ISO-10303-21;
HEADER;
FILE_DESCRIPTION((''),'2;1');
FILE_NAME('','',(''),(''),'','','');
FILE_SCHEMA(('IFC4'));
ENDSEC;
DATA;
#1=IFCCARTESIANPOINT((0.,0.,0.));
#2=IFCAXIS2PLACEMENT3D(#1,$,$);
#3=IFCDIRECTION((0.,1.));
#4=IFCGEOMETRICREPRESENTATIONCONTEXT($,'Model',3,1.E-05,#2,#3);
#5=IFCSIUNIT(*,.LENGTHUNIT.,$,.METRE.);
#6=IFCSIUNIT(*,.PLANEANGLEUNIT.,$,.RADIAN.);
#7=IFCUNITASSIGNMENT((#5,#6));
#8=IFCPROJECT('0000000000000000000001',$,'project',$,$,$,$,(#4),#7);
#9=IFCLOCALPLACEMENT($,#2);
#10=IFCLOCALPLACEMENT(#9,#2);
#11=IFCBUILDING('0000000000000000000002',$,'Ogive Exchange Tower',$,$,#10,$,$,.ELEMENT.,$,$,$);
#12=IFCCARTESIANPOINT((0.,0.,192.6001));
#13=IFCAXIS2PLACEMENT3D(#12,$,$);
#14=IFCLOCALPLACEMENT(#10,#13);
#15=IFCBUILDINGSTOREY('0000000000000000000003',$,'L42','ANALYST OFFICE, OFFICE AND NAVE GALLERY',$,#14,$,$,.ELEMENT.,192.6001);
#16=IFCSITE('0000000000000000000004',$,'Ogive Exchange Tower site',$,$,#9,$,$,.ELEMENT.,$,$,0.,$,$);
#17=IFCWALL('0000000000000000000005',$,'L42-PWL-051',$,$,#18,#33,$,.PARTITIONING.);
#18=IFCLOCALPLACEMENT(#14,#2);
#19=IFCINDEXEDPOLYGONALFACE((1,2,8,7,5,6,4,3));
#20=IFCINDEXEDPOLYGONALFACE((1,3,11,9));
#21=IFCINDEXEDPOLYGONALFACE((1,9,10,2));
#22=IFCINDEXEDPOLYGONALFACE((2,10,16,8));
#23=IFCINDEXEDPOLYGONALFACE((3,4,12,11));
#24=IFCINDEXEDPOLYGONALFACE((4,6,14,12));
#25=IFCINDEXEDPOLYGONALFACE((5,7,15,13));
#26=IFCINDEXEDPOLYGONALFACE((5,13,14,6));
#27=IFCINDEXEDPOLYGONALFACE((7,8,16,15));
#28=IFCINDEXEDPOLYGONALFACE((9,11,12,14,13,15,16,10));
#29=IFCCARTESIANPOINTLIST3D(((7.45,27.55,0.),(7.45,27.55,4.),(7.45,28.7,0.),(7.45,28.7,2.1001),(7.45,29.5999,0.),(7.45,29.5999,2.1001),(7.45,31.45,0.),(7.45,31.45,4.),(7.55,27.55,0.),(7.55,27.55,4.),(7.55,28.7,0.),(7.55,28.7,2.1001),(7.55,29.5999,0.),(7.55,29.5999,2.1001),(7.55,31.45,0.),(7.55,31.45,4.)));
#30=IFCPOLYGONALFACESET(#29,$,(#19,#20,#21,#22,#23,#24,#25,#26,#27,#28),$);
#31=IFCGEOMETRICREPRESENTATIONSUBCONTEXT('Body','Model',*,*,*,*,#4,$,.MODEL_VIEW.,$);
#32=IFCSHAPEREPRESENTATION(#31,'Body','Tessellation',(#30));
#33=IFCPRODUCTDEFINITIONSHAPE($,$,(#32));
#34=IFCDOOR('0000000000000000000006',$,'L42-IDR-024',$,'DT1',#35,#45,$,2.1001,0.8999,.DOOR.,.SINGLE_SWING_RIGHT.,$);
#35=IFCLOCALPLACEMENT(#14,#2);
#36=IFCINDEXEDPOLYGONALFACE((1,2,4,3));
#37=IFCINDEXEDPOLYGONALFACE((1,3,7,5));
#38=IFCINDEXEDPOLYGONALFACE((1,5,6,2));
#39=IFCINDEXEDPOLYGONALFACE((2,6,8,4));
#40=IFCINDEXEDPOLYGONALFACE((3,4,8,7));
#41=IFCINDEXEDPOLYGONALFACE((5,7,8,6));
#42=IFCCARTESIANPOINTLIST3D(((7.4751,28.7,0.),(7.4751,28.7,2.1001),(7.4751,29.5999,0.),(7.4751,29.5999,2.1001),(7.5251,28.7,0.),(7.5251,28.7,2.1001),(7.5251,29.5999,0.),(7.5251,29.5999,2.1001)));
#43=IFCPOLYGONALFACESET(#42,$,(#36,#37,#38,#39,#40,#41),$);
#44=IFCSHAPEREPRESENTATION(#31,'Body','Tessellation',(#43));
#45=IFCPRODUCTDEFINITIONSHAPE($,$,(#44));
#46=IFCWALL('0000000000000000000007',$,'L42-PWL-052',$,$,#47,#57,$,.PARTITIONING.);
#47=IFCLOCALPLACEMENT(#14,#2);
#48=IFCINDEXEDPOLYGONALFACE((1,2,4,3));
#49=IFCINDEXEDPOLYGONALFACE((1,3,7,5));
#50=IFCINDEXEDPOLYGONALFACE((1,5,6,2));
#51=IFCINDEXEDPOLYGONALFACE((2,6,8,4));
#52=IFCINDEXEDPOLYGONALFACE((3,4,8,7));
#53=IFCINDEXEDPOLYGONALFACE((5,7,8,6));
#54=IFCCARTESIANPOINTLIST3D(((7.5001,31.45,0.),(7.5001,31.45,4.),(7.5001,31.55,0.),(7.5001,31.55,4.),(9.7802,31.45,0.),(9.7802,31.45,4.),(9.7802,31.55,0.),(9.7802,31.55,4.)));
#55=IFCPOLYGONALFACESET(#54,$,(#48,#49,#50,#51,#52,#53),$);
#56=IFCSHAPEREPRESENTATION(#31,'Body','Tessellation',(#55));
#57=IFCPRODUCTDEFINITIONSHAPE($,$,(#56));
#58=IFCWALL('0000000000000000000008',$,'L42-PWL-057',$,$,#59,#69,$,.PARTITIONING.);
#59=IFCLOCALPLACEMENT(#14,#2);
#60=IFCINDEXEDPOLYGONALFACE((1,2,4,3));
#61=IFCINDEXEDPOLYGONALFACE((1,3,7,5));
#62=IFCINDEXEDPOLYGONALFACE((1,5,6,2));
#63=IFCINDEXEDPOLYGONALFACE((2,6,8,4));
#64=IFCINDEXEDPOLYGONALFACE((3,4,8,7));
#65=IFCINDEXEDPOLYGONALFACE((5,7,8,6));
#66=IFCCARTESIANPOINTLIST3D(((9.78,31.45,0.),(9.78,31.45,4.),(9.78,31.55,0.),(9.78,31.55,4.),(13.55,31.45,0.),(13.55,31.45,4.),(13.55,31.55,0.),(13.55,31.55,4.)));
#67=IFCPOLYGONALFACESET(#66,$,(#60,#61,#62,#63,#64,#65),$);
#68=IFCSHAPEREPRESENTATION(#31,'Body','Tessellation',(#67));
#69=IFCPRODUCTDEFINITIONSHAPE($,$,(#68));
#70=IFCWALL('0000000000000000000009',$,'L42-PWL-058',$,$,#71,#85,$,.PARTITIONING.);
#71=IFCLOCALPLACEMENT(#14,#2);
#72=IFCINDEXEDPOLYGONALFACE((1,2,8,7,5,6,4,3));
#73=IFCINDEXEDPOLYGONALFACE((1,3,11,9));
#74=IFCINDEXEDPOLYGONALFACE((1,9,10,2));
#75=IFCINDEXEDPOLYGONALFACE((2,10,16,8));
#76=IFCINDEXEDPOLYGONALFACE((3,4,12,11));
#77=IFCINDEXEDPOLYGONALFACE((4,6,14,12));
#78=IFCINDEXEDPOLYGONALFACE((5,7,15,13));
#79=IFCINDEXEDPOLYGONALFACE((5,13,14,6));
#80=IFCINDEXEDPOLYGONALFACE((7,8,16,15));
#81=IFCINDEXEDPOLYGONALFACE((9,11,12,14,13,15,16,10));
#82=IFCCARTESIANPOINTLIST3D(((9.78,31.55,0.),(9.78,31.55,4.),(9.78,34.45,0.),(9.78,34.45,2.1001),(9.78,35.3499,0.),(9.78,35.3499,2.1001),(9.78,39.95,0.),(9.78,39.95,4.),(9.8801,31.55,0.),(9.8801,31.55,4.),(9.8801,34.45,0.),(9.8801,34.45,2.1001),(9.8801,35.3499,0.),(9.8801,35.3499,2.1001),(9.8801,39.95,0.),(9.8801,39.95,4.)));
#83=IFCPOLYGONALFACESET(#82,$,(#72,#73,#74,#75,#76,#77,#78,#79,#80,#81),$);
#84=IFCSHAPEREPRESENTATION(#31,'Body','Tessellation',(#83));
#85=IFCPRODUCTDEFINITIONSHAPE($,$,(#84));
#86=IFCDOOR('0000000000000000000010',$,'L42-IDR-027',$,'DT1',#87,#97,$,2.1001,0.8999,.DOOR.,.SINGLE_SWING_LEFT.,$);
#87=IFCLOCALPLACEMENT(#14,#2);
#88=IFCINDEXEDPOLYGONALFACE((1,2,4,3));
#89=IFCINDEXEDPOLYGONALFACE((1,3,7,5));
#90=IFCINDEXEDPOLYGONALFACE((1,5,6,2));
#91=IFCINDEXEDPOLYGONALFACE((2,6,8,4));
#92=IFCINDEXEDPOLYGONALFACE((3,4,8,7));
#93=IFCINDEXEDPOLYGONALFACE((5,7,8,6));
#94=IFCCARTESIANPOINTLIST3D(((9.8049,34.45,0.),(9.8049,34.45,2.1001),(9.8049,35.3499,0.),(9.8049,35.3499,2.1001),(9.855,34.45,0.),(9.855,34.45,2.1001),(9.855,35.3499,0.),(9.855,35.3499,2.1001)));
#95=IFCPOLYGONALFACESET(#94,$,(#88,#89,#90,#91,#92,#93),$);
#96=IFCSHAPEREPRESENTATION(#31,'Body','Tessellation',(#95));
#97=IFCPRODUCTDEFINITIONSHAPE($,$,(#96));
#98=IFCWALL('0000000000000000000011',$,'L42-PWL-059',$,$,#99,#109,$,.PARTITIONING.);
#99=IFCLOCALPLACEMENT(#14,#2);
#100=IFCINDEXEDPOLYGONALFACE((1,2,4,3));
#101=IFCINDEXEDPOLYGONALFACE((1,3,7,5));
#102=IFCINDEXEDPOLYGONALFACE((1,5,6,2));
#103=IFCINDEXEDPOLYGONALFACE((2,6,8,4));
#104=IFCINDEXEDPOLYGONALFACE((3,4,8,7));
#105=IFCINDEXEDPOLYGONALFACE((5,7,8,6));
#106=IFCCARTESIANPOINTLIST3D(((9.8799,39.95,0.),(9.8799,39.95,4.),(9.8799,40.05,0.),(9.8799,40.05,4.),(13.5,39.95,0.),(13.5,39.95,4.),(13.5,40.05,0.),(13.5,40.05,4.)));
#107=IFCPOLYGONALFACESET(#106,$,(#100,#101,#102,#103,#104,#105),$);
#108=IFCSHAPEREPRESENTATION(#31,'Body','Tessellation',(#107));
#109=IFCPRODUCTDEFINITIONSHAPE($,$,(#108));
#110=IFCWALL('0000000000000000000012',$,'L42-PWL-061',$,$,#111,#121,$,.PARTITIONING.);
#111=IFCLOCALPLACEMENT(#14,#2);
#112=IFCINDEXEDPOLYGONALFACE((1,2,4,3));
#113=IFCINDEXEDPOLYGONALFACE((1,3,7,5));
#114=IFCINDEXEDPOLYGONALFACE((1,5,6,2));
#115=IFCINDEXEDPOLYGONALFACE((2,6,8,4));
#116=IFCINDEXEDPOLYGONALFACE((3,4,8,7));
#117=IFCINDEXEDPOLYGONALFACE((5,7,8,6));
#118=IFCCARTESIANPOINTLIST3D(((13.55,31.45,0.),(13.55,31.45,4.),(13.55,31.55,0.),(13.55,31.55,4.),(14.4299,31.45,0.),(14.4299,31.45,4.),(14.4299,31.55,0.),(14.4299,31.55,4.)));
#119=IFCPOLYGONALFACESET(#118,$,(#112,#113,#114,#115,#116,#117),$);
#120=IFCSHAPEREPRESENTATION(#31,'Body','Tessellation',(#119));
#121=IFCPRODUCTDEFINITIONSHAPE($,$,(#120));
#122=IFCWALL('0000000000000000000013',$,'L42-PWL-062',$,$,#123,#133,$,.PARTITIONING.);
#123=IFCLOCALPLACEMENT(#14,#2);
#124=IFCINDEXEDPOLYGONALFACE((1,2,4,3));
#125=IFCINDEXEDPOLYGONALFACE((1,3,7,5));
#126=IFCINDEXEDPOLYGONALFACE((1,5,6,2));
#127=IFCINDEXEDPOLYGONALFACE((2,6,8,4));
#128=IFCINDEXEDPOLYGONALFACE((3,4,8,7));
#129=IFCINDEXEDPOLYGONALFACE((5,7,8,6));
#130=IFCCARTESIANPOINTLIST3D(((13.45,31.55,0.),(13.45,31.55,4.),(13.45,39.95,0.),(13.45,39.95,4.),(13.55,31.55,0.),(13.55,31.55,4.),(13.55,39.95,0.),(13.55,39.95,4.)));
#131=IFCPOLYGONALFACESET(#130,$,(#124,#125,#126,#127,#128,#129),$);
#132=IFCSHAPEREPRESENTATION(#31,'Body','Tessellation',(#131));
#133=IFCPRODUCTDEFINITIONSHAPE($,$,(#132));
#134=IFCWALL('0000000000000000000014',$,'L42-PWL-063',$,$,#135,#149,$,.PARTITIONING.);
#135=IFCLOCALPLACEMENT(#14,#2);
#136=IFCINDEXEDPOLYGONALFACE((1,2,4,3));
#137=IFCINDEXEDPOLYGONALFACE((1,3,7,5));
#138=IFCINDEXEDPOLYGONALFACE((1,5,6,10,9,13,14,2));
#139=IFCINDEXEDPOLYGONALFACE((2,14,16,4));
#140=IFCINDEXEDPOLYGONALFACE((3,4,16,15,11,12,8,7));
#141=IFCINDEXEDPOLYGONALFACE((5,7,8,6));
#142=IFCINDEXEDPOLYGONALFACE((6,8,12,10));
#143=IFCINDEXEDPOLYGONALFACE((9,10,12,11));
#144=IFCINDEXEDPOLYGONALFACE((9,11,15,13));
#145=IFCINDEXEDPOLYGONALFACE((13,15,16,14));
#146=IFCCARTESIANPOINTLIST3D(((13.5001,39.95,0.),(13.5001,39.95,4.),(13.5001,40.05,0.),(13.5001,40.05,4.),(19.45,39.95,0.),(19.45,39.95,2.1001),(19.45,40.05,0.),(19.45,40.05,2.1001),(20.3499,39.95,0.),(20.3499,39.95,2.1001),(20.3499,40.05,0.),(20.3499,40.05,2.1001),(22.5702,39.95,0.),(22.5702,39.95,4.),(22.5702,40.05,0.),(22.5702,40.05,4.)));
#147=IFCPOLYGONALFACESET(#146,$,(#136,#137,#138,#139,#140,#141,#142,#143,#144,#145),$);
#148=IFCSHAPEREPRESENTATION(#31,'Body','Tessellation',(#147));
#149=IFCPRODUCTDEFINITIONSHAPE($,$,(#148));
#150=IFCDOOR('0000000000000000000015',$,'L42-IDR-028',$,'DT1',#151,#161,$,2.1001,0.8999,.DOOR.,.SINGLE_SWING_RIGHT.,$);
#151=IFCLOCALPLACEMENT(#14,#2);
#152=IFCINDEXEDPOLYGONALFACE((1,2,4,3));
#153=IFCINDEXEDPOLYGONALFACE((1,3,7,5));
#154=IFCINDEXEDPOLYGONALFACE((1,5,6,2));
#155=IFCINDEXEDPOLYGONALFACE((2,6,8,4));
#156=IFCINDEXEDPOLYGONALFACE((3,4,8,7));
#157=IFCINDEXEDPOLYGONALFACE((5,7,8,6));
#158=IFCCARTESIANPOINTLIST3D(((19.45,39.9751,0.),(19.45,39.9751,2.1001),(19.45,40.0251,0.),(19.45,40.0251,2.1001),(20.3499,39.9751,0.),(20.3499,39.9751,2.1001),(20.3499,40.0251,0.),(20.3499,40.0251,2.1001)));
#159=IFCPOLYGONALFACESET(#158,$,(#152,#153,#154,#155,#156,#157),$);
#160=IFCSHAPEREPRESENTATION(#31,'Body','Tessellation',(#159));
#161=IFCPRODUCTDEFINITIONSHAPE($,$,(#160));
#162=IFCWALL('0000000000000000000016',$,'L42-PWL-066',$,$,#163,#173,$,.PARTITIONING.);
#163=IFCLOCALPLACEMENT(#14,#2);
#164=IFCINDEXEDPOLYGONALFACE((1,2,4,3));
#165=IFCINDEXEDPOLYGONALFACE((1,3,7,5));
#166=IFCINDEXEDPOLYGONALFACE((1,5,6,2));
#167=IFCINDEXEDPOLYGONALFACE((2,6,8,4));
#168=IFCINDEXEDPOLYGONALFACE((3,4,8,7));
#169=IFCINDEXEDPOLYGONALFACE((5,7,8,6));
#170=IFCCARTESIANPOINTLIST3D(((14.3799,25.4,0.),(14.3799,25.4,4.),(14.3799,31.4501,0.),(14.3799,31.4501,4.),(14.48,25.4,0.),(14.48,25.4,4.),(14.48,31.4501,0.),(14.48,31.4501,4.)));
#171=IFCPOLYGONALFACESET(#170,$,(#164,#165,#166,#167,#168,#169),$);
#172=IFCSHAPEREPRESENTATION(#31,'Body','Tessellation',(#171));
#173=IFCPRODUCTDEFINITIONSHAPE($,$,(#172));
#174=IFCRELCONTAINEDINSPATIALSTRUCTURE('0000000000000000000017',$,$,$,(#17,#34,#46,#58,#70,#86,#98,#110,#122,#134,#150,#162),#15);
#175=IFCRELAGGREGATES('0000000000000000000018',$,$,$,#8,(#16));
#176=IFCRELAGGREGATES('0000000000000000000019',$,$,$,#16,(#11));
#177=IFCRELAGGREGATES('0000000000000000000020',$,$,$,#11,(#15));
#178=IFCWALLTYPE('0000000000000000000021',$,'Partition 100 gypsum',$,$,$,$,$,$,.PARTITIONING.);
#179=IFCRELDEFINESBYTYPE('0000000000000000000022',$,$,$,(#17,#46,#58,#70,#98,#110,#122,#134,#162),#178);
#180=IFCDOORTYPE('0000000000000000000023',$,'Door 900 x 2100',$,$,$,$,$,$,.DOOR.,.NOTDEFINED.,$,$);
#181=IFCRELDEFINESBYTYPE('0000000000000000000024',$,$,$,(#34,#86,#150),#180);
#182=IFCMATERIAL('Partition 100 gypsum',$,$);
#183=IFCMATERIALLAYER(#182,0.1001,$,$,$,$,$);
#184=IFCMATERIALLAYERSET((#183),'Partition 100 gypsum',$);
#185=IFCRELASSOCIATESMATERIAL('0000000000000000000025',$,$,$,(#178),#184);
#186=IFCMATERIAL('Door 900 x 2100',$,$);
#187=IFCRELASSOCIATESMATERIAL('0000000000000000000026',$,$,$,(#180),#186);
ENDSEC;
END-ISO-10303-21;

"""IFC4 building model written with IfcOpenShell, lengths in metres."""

from ifc_helpers import new_model, si_unit, direction, frame, frame_2d, origin, place, context, subcontext, project, spatial, rectangle, extrude, material, layer, layer_set, type_object, element, fill, save


model = new_model("IFC4")

# Units and contexts
model_context = context("Model", 3, precision=1e-05, world=origin(), true_north=direction((0.0, 1.0)))
body_context = subcontext(model_context, "Body", "Model", "MODEL_VIEW")
ifc_project = project(units=[si_unit("LENGTHUNIT", "METRE"), si_unit("PLANEANGLEUNIT", "RADIAN")], contexts=[model_context])

# Site, building, storey
site_placement = place(None, origin())
site = spatial("IfcSite", under=ifc_project, at=site_placement, Name="Ogive Exchange Tower site", CompositionType="ELEMENT", RefElevation=0.0)
building_placement = place(site_placement, origin())
building = spatial("IfcBuilding", under=site, at=building_placement, Name="Ogive Exchange Tower", CompositionType="ELEMENT")
storey_placement = place(building_placement, frame((0.0, 0.0, 192.6001)))
storey = spatial("IfcBuildingStorey", under=building, at=storey_placement, Name="L42", Description="ANALYST OFFICE, OFFICE AND NAVE GALLERY", CompositionType="ELEMENT", Elevation=192.6001)

# Shared definitions
ifc_material_1 = material(Name="Partition 100 gypsum")
ifc_layer_1 = layer(ifc_material_1, 0.1001)
ifc_layer_set_1 = layer_set([ifc_layer_1], Name="Partition 100 gypsum")
wall_type_1 = type_object("IfcWallType", Name="Partition 100 gypsum", PredefinedType="PARTITIONING", material=ifc_layer_set_1)

# Wall, opening, door
wall_1_placement = place(storey_placement, frame((7.5, 31.45, 0.0), z_axis=(0.0, 0.0, 1.0), x_axis=(0.0, -1.0, 0.0)))
wall_1 = element("IfcWall", 1, at=wall_1_placement, inside=storey, type_object=wall_type_1, Name="L42-PWL-051", PredefinedType="PARTITIONING", context=body_context, shape_type="SweptSolid", body=[
    extrude(rectangle(XDim=3.8999, YDim=0.1001, at=frame_2d((1.95, 0.0))), origin(), (0.0, 0.0, 1.0), 4.0),
])
opening_1_placement = place(wall_1_placement, frame((1.8501, 0.0, 0.0)))
opening_1 = element("IfcOpeningElement", 2, at=opening_1_placement, cuts=wall_1, PredefinedType="OPENING", context=body_context, shape_type="SweptSolid", body=[
    extrude(rectangle(XDim=0.8999, YDim=2.1001, at=frame_2d((0.45, 1.05))), frame((0.0, 0.0601, 0.0), z_axis=(0.0, -1.0, 0.0), x_axis=(1.0, 0.0, 0.0)), (0.0, 0.0, 1.0), 0.1201),
])
ifc_material_2 = material(Name="Door 900 x 2100")
door_type_1 = type_object("IfcDoorType", Name="Door 900 x 2100", OperationType="NOTDEFINED", PredefinedType="DOOR", material=ifc_material_2)
door_1_placement = place(opening_1_placement, frame((0.8999, 0.0, 0.0), z_axis=(0.0, 0.0, 1.0), x_axis=(-1.0, 0.0, 0.0)))
door_1 = element("IfcDoor", 3, at=door_1_placement, inside=storey, type_object=door_type_1, Name="L42-IDR-024", ObjectType="DT1", OperationType="SINGLE_SWING_RIGHT", OverallHeight=2.1001, OverallWidth=0.8999, PredefinedType="DOOR", context=body_context, shape_type="SweptSolid", body=[
    extrude(rectangle(XDim=0.8999, YDim=2.1001, at=frame_2d((0.45, 1.05))), frame((0.0, 0.0249, 0.0), z_axis=(0.0, -1.0, 0.0), x_axis=(1.0, 0.0, 0.0)), (0.0, 0.0, 1.0), 0.05),
])
fill(opening_1, door_1)

# Walls
wall_2_placement = place(storey_placement, frame((7.5, 31.5, 0.0), z_axis=(0.0, 0.0, 1.0), x_axis=(1.0, 0.0, 0.0)))
element("IfcWall", 4, at=wall_2_placement, inside=storey, type_object=wall_type_1, Name="L42-PWL-052", PredefinedType="PARTITIONING", context=body_context, shape_type="SweptSolid", body=[
    extrude(rectangle(XDim=2.28, YDim=0.1001, at=frame_2d((1.1401, 0.0))), origin(), (0.0, 0.0, 1.0), 4.0),
])
wall_3_placement = place(storey_placement, frame((9.78, 31.5, 0.0), z_axis=(0.0, 0.0, 1.0), x_axis=(1.0, 0.0, 0.0)))
element("IfcWall", 5, at=wall_3_placement, inside=storey, type_object=wall_type_1, Name="L42-PWL-057", PredefinedType="PARTITIONING", context=body_context, shape_type="SweptSolid", body=[
    extrude(rectangle(XDim=3.77, YDim=0.1001, at=frame_2d((1.885, 0.0))), origin(), (0.0, 0.0, 1.0), 4.0),
])

# Wall, opening, door
wall_4_placement = place(storey_placement, frame((9.8301, 39.95, 0.0), z_axis=(0.0, 0.0, 1.0), x_axis=(0.0, -1.0, 0.0)))
wall_4 = element("IfcWall", 6, at=wall_4_placement, inside=storey, type_object=wall_type_1, Name="L42-PWL-058", PredefinedType="PARTITIONING", context=body_context, shape_type="SweptSolid", body=[
    extrude(rectangle(XDim=8.3999, YDim=0.1001, at=frame_2d((4.2, 0.0))), origin(), (0.0, 0.0, 1.0), 4.0),
])
opening_2_placement = place(wall_4_placement, frame((4.6001, 0.0, 0.0)))
opening_2 = element("IfcOpeningElement", 7, at=opening_2_placement, cuts=wall_4, PredefinedType="OPENING", context=body_context, shape_type="SweptSolid", body=[
    extrude(rectangle(XDim=0.8999, YDim=2.1001, at=frame_2d((0.45, 1.05))), frame((0.0, 0.0601, 0.0), z_axis=(0.0, -1.0, 0.0), x_axis=(1.0, 0.0, 0.0)), (0.0, 0.0, 1.0), 0.1201),
])
door_2_placement = place(opening_2_placement, origin())
door_2 = element("IfcDoor", 8, at=door_2_placement, inside=storey, type_object=door_type_1, Name="L42-IDR-027", ObjectType="DT1", OperationType="SINGLE_SWING_LEFT", OverallHeight=2.1001, OverallWidth=0.8999, PredefinedType="DOOR", context=body_context, shape_type="SweptSolid", body=[
    extrude(rectangle(XDim=0.8999, YDim=2.1001, at=frame_2d((0.45, 1.05))), frame((0.0, 0.0249, 0.0), z_axis=(0.0, -1.0, 0.0), x_axis=(1.0, 0.0, 0.0)), (0.0, 0.0, 1.0), 0.05),
])
fill(opening_2, door_2)

# Walls
wall_5_placement = place(storey_placement, frame((9.8799, 40.0, 0.0), z_axis=(0.0, 0.0, 1.0), x_axis=(1.0, 0.0, 0.0)))
element("IfcWall", 9, at=wall_5_placement, inside=storey, type_object=wall_type_1, Name="L42-PWL-059", PredefinedType="PARTITIONING", context=body_context, shape_type="SweptSolid", body=[
    extrude(rectangle(XDim=3.6201, YDim=0.1001, at=frame_2d((1.8101, 0.0))), origin(), (0.0, 0.0, 1.0), 4.0),
])
wall_6_placement = place(storey_placement, frame((13.55, 31.5, 0.0), z_axis=(0.0, 0.0, 1.0), x_axis=(1.0, 0.0, 0.0)))
element("IfcWall", 10, at=wall_6_placement, inside=storey, type_object=wall_type_1, Name="L42-PWL-061", PredefinedType="PARTITIONING", context=body_context, shape_type="SweptSolid", body=[
    extrude(rectangle(XDim=0.8799, YDim=0.1001, at=frame_2d((0.4399, 0.0))), origin(), (0.0, 0.0, 1.0), 4.0),
])
wall_7_placement = place(storey_placement, frame((13.5, 39.95, 0.0), z_axis=(0.0, 0.0, 1.0), x_axis=(0.0, -1.0, 0.0)))
element("IfcWall", 11, at=wall_7_placement, inside=storey, type_object=wall_type_1, Name="L42-PWL-062", PredefinedType="PARTITIONING", context=body_context, shape_type="SweptSolid", body=[
    extrude(rectangle(XDim=8.3999, YDim=0.1001, at=frame_2d((4.2, 0.0))), origin(), (0.0, 0.0, 1.0), 4.0),
])

# Wall, opening, door
wall_8_placement = place(storey_placement, frame((13.5, 40.0, 0.0), z_axis=(0.0, 0.0, 1.0), x_axis=(1.0, 0.0, 0.0)))
wall_8 = element("IfcWall", 12, at=wall_8_placement, inside=storey, type_object=wall_type_1, Name="L42-PWL-063", PredefinedType="PARTITIONING", context=body_context, shape_type="SweptSolid", body=[
    extrude(rectangle(XDim=9.0701, YDim=0.1001, at=frame_2d((4.5352, 0.0))), origin(), (0.0, 0.0, 1.0), 4.0),
])
opening_3_placement = place(wall_8_placement, frame((5.95, 0.0, 0.0)))
opening_3 = element("IfcOpeningElement", 13, at=opening_3_placement, cuts=wall_8, PredefinedType="OPENING", context=body_context, shape_type="SweptSolid", body=[
    extrude(rectangle(XDim=0.8999, YDim=2.1001, at=frame_2d((0.45, 1.05))), frame((0.0, 0.0601, 0.0), z_axis=(0.0, -1.0, 0.0), x_axis=(1.0, 0.0, 0.0)), (0.0, 0.0, 1.0), 0.1201),
])
door_3_placement = place(opening_3_placement, frame((0.8999, 0.0, 0.0), z_axis=(0.0, 0.0, 1.0), x_axis=(-1.0, 0.0, 0.0)))
door_3 = element("IfcDoor", 14, at=door_3_placement, inside=storey, type_object=door_type_1, Name="L42-IDR-028", ObjectType="DT1", OperationType="SINGLE_SWING_RIGHT", OverallHeight=2.1001, OverallWidth=0.8999, PredefinedType="DOOR", context=body_context, shape_type="SweptSolid", body=[
    extrude(rectangle(XDim=0.8999, YDim=2.1001, at=frame_2d((0.45, 1.05))), frame((0.0, 0.0249, 0.0), z_axis=(0.0, -1.0, 0.0), x_axis=(1.0, 0.0, 0.0)), (0.0, 0.0, 1.0), 0.05),
])
fill(opening_3, door_3)

# Wall
wall_9_placement = place(storey_placement, frame((14.4299, 31.45, 0.0), z_axis=(0.0, 0.0, 1.0), x_axis=(0.0, -1.0, 0.0)))
element("IfcWall", 15, at=wall_9_placement, inside=storey, type_object=wall_type_1, Name="L42-PWL-066", PredefinedType="PARTITIONING", context=body_context, shape_type="SweptSolid", body=[
    extrude(rectangle(XDim=6.05, YDim=0.1001, at=frame_2d((3.0249, 0.0))), origin(), (0.0, 0.0, 1.0), 4.0),
])

save(model, "model.ifc")
